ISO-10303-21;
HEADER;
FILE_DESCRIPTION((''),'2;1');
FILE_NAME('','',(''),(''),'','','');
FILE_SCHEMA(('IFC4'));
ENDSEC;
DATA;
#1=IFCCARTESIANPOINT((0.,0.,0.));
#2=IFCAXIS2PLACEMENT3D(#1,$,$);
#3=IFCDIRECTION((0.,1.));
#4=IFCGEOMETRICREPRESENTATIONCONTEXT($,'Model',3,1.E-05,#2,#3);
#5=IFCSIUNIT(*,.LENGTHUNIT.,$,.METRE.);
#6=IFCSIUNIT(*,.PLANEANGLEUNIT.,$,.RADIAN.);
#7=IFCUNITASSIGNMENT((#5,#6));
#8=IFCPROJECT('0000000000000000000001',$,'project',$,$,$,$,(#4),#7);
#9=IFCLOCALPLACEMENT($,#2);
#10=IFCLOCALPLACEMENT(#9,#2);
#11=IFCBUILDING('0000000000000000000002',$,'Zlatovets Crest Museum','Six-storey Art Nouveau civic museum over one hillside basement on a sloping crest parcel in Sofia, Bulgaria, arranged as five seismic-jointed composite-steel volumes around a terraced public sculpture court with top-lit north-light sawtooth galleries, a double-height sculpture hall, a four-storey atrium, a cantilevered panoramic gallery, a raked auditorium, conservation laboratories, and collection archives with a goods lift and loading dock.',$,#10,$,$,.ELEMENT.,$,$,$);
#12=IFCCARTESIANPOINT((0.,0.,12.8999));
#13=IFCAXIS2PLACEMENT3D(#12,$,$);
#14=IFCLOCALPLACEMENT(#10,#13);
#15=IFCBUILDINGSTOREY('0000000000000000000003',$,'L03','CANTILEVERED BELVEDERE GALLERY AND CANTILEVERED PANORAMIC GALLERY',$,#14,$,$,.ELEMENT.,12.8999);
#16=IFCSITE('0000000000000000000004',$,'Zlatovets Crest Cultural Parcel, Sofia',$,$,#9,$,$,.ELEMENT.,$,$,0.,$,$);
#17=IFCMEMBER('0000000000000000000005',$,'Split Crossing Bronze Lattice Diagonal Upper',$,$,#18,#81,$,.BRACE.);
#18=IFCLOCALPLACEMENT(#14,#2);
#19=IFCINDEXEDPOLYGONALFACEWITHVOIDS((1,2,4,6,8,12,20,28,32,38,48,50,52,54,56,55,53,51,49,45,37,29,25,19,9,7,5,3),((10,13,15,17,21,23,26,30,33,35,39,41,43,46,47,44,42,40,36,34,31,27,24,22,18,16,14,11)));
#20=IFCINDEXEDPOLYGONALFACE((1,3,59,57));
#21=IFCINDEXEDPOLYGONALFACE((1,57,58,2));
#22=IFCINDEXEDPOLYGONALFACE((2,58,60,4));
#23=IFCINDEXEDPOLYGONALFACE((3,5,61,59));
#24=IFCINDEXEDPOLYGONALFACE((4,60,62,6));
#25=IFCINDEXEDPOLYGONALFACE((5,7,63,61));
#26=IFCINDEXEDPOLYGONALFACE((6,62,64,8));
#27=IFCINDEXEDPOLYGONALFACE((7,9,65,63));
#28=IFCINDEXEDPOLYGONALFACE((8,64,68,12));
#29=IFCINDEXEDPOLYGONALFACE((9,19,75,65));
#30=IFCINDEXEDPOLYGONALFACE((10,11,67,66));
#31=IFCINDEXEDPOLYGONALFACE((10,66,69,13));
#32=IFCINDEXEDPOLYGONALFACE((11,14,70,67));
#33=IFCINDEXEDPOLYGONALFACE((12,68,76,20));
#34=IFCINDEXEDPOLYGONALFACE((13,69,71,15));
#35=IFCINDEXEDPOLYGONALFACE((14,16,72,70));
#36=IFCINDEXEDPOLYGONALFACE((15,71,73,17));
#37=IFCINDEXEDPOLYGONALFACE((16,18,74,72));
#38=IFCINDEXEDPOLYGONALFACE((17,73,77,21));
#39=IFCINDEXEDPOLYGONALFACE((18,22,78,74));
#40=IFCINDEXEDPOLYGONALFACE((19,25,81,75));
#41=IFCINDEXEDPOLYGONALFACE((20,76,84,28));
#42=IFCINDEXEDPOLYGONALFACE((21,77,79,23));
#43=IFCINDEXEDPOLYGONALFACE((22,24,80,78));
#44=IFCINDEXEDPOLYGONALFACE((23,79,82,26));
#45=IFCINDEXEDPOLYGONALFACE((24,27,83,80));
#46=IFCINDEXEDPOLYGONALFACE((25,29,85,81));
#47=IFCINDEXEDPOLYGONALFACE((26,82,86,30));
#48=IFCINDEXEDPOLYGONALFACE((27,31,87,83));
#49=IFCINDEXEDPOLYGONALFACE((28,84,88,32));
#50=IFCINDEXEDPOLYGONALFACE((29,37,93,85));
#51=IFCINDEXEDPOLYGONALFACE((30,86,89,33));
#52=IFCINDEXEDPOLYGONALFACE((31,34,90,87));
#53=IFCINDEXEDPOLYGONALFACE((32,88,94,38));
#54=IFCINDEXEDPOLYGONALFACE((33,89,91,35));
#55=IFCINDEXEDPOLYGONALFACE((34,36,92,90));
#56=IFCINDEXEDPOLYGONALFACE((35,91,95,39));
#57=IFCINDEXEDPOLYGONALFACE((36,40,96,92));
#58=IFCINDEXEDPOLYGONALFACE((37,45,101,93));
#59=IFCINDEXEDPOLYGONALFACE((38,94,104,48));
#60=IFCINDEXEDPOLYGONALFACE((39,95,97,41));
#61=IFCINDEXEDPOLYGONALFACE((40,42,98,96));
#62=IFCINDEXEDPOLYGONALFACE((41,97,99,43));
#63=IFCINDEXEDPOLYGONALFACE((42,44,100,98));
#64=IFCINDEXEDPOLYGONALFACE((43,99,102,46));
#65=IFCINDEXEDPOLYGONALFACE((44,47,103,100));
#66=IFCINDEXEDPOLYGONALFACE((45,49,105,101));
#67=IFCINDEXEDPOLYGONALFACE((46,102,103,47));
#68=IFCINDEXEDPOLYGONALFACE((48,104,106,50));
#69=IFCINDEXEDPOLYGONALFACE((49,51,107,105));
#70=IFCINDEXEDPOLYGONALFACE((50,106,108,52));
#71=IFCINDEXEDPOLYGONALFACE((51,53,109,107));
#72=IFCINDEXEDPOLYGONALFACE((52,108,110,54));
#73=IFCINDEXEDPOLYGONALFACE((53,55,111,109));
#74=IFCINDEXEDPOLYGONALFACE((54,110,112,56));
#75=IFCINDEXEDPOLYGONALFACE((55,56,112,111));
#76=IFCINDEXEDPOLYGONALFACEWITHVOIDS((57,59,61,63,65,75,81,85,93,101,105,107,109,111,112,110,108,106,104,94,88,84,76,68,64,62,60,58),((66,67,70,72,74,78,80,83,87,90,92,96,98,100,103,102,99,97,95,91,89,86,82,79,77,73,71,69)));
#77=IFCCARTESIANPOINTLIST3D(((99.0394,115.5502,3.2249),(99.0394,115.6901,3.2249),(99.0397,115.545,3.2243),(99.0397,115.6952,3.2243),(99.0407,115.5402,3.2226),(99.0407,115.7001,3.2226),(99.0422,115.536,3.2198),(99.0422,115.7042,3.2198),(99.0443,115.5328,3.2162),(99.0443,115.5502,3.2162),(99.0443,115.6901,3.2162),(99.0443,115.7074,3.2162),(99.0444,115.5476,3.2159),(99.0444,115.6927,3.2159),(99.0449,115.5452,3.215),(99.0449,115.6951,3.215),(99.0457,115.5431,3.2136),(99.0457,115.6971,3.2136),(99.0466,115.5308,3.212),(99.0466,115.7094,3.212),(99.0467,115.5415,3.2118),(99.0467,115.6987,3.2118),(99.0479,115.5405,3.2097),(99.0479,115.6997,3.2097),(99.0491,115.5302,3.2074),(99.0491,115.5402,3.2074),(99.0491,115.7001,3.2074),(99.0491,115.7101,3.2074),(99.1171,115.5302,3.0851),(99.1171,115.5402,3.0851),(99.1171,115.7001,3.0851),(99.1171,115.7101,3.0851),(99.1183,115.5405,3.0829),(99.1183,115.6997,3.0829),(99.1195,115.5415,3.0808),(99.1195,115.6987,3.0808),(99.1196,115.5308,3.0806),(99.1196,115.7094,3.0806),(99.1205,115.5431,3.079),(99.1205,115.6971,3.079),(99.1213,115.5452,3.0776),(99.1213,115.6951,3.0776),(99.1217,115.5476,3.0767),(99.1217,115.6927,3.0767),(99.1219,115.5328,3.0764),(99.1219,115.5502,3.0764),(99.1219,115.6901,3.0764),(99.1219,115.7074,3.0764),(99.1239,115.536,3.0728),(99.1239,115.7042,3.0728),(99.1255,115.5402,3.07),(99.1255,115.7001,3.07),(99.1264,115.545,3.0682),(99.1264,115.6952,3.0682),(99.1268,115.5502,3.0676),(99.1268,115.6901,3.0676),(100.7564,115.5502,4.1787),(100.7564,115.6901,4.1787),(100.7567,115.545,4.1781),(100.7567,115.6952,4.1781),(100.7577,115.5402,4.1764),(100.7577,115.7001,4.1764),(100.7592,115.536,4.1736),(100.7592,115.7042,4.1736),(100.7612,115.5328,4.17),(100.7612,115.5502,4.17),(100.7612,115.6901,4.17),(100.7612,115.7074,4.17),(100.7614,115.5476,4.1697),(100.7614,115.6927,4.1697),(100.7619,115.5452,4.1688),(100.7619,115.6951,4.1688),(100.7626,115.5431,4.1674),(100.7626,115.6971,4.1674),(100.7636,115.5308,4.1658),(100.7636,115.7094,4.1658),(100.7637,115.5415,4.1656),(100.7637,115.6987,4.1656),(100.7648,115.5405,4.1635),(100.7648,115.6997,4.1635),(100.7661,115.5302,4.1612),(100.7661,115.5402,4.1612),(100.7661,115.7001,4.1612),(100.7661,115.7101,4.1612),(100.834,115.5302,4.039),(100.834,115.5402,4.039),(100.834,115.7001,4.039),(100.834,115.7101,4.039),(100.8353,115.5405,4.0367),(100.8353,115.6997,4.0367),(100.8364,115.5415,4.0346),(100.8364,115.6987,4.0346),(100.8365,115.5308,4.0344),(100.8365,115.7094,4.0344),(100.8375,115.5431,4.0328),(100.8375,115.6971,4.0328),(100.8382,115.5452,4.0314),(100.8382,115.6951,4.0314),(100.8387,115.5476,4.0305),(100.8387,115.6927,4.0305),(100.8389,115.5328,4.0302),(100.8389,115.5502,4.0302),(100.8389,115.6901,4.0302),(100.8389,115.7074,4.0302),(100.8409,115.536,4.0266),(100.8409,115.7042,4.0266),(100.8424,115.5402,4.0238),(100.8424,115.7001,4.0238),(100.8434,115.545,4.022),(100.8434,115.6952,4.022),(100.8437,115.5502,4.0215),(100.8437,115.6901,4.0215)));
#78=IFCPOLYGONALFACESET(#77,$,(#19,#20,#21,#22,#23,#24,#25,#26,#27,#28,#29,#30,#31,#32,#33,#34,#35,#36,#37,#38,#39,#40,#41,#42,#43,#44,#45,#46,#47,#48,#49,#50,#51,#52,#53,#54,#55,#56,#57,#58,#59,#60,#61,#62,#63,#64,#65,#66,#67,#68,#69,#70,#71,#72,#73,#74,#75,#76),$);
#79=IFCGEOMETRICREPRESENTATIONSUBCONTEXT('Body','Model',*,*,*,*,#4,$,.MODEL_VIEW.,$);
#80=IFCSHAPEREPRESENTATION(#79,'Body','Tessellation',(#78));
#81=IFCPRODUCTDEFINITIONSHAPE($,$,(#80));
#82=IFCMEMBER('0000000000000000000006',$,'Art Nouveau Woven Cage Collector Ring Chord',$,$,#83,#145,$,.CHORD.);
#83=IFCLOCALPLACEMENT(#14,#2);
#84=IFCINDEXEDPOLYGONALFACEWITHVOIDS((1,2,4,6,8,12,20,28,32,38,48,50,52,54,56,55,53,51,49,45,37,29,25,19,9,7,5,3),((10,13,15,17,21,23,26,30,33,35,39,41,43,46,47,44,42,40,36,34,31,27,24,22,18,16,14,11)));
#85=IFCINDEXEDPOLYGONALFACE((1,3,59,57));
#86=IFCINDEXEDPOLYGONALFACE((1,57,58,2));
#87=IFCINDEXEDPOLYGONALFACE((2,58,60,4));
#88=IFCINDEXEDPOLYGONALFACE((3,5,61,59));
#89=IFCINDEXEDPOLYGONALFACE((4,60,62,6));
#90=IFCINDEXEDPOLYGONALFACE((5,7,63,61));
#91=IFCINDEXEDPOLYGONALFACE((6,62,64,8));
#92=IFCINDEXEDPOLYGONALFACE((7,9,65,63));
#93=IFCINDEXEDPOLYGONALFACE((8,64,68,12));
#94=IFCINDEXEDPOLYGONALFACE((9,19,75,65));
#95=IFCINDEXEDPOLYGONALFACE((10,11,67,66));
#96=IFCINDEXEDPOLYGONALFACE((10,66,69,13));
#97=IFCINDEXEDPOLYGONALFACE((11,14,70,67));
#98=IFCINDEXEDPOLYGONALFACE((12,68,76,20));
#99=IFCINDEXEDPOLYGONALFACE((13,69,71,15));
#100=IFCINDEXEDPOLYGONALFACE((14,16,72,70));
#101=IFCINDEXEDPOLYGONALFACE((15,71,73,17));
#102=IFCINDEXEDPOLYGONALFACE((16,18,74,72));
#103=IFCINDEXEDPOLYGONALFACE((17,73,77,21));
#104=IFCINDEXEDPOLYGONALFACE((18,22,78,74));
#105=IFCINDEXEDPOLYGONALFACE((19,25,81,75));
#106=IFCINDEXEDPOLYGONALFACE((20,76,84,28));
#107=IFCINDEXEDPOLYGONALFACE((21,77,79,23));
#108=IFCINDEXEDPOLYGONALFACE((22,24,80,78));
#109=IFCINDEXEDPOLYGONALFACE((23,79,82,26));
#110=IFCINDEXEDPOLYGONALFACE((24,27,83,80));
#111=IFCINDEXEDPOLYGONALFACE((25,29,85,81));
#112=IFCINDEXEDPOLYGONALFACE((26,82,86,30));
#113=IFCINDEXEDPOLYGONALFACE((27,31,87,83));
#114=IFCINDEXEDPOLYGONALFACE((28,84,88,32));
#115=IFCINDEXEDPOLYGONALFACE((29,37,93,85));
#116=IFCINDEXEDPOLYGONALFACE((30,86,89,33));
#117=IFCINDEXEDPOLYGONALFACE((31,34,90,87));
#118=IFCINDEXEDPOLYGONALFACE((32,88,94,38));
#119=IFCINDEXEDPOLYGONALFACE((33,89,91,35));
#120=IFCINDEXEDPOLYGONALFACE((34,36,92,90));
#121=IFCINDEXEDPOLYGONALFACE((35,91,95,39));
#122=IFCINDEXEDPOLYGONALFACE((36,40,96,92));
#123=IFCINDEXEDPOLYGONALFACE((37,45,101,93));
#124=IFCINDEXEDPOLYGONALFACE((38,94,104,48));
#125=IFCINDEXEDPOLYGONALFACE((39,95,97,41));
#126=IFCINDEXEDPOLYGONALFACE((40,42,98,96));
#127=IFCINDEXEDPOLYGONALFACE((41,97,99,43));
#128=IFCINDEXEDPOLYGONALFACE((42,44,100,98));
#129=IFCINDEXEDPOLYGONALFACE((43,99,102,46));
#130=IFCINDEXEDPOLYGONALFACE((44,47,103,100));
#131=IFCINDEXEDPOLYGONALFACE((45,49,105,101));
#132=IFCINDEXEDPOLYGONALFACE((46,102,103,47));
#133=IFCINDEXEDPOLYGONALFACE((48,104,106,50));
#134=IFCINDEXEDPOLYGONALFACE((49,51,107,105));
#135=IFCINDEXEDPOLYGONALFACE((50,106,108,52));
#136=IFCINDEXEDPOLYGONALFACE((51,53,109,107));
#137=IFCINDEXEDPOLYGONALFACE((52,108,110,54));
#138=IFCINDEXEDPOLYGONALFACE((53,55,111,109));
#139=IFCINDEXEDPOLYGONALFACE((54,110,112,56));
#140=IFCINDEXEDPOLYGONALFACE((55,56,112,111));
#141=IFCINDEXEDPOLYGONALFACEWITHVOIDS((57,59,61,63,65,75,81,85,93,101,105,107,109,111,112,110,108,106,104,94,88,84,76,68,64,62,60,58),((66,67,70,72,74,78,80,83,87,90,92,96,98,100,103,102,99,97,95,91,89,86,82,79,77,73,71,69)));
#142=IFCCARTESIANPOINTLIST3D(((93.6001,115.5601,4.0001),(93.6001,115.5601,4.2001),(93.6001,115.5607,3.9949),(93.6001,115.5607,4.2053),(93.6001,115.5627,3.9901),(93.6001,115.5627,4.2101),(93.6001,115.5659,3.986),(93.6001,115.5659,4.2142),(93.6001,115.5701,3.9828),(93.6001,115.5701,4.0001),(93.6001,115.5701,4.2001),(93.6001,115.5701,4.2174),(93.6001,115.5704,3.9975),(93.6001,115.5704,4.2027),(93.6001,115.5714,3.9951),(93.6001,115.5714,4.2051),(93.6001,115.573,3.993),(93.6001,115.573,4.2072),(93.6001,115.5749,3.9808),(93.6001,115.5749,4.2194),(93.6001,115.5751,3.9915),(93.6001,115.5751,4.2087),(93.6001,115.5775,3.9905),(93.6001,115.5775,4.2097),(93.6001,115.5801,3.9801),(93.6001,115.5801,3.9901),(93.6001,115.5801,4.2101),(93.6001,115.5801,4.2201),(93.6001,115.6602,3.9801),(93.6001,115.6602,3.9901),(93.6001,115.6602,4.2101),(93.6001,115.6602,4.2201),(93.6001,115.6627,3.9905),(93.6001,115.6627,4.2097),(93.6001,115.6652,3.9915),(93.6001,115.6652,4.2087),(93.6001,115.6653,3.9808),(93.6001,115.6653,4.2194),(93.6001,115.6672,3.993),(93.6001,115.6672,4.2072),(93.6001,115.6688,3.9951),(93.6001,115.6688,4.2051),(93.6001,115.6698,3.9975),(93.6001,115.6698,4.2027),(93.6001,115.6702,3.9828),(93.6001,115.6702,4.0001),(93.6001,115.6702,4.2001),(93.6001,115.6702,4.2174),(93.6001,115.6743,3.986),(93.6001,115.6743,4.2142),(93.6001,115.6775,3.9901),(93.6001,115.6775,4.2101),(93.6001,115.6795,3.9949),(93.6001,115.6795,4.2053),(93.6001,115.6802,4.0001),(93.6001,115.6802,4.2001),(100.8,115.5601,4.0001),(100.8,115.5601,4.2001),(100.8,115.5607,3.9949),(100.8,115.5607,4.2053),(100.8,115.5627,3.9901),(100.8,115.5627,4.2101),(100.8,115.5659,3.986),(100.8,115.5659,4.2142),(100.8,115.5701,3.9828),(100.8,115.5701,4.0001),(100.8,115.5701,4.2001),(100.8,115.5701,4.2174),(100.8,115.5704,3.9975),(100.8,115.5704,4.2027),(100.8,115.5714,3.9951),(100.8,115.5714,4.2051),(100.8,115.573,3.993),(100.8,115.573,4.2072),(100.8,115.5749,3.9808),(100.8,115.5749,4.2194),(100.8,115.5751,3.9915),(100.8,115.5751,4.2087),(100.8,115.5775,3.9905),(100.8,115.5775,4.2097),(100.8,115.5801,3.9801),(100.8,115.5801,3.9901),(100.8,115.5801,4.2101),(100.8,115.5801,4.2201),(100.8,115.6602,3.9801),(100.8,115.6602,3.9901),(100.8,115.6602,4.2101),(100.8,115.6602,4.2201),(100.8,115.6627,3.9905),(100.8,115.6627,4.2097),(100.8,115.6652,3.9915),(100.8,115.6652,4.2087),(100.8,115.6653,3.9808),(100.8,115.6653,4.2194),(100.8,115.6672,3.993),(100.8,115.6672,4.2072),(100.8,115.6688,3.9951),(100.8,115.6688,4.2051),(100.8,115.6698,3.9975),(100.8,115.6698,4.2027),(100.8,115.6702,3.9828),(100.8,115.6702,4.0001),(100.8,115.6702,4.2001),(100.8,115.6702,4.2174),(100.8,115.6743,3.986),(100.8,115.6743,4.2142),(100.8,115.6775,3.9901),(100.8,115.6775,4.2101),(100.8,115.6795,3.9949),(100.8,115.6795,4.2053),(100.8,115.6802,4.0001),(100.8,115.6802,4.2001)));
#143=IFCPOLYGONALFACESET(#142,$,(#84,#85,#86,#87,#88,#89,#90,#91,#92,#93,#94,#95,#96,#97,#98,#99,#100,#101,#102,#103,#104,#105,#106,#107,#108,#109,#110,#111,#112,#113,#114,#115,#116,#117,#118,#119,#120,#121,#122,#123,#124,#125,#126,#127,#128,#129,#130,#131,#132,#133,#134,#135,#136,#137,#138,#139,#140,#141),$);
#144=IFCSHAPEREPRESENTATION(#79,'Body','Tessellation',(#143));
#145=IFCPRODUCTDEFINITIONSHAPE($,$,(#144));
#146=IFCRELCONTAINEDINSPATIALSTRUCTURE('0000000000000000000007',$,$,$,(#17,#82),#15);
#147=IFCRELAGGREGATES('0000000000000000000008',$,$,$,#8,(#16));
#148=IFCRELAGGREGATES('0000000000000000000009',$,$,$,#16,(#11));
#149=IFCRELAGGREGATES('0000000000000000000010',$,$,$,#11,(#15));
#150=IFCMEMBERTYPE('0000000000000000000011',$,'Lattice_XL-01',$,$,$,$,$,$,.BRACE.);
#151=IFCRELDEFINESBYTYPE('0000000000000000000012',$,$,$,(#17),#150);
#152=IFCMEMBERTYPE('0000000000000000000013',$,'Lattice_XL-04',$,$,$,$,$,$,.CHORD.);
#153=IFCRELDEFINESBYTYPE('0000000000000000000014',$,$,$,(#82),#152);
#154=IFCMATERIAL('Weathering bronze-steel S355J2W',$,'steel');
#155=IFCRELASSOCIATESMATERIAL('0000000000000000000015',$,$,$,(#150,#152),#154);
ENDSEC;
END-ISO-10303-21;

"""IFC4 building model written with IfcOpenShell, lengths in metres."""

from ifc_helpers import new_model, si_unit, direction, frame, origin, origin_2d, place, context, subcontext, project, spatial, hollow_rectangle, extrude, material, material_profile, profile_set, type_object, element, save


model = new_model("IFC4")

# Units and contexts
model_context = context("Model", 3, precision=1e-05, world=origin(), true_north=direction((0.0, 1.0)))
body_context = subcontext(model_context, "Body", "Model", "MODEL_VIEW")
ifc_project = project(units=[si_unit("LENGTHUNIT", "METRE"), si_unit("PLANEANGLEUNIT", "RADIAN")], contexts=[model_context])

# Site, building, storey
site_placement = place(None, origin())
site = spatial("IfcSite", under=ifc_project, at=site_placement, Name="Zlatovets Crest Cultural Parcel, Sofia", CompositionType="ELEMENT", RefElevation=0.0)
building_placement = place(site_placement, origin())
building = spatial("IfcBuilding", under=site, at=building_placement, Name="Zlatovets Crest Museum", Description="Six-storey Art Nouveau civic museum over one hillside basement on a sloping crest parcel in Sofia, Bulgaria, arranged as five seismic-jointed composite-steel volumes around a terraced public sculpture court with top-lit north-light sawtooth galleries, a double-height sculpture hall, a four-storey atrium, a cantilevered panoramic gallery, a raked auditorium, conservation laboratories, and collection archives with a goods lift and loading dock.", CompositionType="ELEMENT")
storey_placement = place(building_placement, frame((0.0, 0.0, 12.8999)))
storey = spatial("IfcBuildingStorey", under=building, at=storey_placement, Name="L03", Description="CANTILEVERED BELVEDERE GALLERY AND CANTILEVERED PANORAMIC GALLERY", CompositionType="ELEMENT", Elevation=12.8999)

# Members
ifc_material_1 = material(Name="Weathering bronze-steel S355J2W", Category="steel")
ifc_material_profile_1 = material_profile(ifc_material_1, hollow_rectangle(XDim=0.1799, YDim=0.1799, WallThickness=0.01, InnerFilletRadius=0.01, OuterFilletRadius=0.02, at=origin_2d()), Name="SHS 180x180x10.0")
ifc_profile_set_1 = profile_set([ifc_material_profile_1], Name="Weathering bronze-steel S355J2W")
member_type_1 = type_object("IfcMemberType", Name="Lattice_XL-01", PredefinedType="BRACE", material=ifc_profile_set_1)
member_1_placement = place(storey_placement, frame((100.8, 115.6201, 4.1001), z_axis=(-0.874169, 0.0, -0.485622), x_axis=(0.0, -1.0, 0.0)))
element("IfcMember", 1, at=member_1_placement, inside=storey, type_object=member_type_1, Name="Split Crossing Bronze Lattice Diagonal Upper", PredefinedType="BRACE", context=body_context, shape_type="SweptSolid", body=[
    extrude(hollow_rectangle(XDim=0.1799, YDim=0.1799, WallThickness=0.01, InnerFilletRadius=0.01, OuterFilletRadius=0.02, at=origin_2d()), origin(), (0.0, 0.0, 1.0), 1.9641),
])
ifc_material_profile_2 = material_profile(ifc_material_1, hollow_rectangle(XDim=0.1201, YDim=0.24, WallThickness=0.01, InnerFilletRadius=0.01, OuterFilletRadius=0.02, at=origin_2d()), Name="RHS 120x240x10.0")
ifc_profile_set_2 = profile_set([ifc_material_profile_2], Name="Weathering bronze-steel S355J2W")
member_type_2 = type_object("IfcMemberType", Name="Lattice_XL-04", PredefinedType="CHORD", material=ifc_profile_set_2)
member_2_placement = place(storey_placement, frame((100.8, 115.6201, 4.1001), z_axis=(-1.0, 0.0, 0.0), x_axis=(0.0, -1.0, 0.0)))
element("IfcMember", 2, at=member_2_placement, inside=storey, type_object=member_type_2, Name="Art Nouveau Woven Cage Collector Ring Chord", PredefinedType="CHORD", context=body_context, shape_type="SweptSolid", body=[
    extrude(hollow_rectangle(XDim=0.1201, YDim=0.24, WallThickness=0.01, InnerFilletRadius=0.01, OuterFilletRadius=0.02, at=origin_2d()), origin(), (0.0, 0.0, 1.0), 7.2),
])

save(model, "model.ifc")
